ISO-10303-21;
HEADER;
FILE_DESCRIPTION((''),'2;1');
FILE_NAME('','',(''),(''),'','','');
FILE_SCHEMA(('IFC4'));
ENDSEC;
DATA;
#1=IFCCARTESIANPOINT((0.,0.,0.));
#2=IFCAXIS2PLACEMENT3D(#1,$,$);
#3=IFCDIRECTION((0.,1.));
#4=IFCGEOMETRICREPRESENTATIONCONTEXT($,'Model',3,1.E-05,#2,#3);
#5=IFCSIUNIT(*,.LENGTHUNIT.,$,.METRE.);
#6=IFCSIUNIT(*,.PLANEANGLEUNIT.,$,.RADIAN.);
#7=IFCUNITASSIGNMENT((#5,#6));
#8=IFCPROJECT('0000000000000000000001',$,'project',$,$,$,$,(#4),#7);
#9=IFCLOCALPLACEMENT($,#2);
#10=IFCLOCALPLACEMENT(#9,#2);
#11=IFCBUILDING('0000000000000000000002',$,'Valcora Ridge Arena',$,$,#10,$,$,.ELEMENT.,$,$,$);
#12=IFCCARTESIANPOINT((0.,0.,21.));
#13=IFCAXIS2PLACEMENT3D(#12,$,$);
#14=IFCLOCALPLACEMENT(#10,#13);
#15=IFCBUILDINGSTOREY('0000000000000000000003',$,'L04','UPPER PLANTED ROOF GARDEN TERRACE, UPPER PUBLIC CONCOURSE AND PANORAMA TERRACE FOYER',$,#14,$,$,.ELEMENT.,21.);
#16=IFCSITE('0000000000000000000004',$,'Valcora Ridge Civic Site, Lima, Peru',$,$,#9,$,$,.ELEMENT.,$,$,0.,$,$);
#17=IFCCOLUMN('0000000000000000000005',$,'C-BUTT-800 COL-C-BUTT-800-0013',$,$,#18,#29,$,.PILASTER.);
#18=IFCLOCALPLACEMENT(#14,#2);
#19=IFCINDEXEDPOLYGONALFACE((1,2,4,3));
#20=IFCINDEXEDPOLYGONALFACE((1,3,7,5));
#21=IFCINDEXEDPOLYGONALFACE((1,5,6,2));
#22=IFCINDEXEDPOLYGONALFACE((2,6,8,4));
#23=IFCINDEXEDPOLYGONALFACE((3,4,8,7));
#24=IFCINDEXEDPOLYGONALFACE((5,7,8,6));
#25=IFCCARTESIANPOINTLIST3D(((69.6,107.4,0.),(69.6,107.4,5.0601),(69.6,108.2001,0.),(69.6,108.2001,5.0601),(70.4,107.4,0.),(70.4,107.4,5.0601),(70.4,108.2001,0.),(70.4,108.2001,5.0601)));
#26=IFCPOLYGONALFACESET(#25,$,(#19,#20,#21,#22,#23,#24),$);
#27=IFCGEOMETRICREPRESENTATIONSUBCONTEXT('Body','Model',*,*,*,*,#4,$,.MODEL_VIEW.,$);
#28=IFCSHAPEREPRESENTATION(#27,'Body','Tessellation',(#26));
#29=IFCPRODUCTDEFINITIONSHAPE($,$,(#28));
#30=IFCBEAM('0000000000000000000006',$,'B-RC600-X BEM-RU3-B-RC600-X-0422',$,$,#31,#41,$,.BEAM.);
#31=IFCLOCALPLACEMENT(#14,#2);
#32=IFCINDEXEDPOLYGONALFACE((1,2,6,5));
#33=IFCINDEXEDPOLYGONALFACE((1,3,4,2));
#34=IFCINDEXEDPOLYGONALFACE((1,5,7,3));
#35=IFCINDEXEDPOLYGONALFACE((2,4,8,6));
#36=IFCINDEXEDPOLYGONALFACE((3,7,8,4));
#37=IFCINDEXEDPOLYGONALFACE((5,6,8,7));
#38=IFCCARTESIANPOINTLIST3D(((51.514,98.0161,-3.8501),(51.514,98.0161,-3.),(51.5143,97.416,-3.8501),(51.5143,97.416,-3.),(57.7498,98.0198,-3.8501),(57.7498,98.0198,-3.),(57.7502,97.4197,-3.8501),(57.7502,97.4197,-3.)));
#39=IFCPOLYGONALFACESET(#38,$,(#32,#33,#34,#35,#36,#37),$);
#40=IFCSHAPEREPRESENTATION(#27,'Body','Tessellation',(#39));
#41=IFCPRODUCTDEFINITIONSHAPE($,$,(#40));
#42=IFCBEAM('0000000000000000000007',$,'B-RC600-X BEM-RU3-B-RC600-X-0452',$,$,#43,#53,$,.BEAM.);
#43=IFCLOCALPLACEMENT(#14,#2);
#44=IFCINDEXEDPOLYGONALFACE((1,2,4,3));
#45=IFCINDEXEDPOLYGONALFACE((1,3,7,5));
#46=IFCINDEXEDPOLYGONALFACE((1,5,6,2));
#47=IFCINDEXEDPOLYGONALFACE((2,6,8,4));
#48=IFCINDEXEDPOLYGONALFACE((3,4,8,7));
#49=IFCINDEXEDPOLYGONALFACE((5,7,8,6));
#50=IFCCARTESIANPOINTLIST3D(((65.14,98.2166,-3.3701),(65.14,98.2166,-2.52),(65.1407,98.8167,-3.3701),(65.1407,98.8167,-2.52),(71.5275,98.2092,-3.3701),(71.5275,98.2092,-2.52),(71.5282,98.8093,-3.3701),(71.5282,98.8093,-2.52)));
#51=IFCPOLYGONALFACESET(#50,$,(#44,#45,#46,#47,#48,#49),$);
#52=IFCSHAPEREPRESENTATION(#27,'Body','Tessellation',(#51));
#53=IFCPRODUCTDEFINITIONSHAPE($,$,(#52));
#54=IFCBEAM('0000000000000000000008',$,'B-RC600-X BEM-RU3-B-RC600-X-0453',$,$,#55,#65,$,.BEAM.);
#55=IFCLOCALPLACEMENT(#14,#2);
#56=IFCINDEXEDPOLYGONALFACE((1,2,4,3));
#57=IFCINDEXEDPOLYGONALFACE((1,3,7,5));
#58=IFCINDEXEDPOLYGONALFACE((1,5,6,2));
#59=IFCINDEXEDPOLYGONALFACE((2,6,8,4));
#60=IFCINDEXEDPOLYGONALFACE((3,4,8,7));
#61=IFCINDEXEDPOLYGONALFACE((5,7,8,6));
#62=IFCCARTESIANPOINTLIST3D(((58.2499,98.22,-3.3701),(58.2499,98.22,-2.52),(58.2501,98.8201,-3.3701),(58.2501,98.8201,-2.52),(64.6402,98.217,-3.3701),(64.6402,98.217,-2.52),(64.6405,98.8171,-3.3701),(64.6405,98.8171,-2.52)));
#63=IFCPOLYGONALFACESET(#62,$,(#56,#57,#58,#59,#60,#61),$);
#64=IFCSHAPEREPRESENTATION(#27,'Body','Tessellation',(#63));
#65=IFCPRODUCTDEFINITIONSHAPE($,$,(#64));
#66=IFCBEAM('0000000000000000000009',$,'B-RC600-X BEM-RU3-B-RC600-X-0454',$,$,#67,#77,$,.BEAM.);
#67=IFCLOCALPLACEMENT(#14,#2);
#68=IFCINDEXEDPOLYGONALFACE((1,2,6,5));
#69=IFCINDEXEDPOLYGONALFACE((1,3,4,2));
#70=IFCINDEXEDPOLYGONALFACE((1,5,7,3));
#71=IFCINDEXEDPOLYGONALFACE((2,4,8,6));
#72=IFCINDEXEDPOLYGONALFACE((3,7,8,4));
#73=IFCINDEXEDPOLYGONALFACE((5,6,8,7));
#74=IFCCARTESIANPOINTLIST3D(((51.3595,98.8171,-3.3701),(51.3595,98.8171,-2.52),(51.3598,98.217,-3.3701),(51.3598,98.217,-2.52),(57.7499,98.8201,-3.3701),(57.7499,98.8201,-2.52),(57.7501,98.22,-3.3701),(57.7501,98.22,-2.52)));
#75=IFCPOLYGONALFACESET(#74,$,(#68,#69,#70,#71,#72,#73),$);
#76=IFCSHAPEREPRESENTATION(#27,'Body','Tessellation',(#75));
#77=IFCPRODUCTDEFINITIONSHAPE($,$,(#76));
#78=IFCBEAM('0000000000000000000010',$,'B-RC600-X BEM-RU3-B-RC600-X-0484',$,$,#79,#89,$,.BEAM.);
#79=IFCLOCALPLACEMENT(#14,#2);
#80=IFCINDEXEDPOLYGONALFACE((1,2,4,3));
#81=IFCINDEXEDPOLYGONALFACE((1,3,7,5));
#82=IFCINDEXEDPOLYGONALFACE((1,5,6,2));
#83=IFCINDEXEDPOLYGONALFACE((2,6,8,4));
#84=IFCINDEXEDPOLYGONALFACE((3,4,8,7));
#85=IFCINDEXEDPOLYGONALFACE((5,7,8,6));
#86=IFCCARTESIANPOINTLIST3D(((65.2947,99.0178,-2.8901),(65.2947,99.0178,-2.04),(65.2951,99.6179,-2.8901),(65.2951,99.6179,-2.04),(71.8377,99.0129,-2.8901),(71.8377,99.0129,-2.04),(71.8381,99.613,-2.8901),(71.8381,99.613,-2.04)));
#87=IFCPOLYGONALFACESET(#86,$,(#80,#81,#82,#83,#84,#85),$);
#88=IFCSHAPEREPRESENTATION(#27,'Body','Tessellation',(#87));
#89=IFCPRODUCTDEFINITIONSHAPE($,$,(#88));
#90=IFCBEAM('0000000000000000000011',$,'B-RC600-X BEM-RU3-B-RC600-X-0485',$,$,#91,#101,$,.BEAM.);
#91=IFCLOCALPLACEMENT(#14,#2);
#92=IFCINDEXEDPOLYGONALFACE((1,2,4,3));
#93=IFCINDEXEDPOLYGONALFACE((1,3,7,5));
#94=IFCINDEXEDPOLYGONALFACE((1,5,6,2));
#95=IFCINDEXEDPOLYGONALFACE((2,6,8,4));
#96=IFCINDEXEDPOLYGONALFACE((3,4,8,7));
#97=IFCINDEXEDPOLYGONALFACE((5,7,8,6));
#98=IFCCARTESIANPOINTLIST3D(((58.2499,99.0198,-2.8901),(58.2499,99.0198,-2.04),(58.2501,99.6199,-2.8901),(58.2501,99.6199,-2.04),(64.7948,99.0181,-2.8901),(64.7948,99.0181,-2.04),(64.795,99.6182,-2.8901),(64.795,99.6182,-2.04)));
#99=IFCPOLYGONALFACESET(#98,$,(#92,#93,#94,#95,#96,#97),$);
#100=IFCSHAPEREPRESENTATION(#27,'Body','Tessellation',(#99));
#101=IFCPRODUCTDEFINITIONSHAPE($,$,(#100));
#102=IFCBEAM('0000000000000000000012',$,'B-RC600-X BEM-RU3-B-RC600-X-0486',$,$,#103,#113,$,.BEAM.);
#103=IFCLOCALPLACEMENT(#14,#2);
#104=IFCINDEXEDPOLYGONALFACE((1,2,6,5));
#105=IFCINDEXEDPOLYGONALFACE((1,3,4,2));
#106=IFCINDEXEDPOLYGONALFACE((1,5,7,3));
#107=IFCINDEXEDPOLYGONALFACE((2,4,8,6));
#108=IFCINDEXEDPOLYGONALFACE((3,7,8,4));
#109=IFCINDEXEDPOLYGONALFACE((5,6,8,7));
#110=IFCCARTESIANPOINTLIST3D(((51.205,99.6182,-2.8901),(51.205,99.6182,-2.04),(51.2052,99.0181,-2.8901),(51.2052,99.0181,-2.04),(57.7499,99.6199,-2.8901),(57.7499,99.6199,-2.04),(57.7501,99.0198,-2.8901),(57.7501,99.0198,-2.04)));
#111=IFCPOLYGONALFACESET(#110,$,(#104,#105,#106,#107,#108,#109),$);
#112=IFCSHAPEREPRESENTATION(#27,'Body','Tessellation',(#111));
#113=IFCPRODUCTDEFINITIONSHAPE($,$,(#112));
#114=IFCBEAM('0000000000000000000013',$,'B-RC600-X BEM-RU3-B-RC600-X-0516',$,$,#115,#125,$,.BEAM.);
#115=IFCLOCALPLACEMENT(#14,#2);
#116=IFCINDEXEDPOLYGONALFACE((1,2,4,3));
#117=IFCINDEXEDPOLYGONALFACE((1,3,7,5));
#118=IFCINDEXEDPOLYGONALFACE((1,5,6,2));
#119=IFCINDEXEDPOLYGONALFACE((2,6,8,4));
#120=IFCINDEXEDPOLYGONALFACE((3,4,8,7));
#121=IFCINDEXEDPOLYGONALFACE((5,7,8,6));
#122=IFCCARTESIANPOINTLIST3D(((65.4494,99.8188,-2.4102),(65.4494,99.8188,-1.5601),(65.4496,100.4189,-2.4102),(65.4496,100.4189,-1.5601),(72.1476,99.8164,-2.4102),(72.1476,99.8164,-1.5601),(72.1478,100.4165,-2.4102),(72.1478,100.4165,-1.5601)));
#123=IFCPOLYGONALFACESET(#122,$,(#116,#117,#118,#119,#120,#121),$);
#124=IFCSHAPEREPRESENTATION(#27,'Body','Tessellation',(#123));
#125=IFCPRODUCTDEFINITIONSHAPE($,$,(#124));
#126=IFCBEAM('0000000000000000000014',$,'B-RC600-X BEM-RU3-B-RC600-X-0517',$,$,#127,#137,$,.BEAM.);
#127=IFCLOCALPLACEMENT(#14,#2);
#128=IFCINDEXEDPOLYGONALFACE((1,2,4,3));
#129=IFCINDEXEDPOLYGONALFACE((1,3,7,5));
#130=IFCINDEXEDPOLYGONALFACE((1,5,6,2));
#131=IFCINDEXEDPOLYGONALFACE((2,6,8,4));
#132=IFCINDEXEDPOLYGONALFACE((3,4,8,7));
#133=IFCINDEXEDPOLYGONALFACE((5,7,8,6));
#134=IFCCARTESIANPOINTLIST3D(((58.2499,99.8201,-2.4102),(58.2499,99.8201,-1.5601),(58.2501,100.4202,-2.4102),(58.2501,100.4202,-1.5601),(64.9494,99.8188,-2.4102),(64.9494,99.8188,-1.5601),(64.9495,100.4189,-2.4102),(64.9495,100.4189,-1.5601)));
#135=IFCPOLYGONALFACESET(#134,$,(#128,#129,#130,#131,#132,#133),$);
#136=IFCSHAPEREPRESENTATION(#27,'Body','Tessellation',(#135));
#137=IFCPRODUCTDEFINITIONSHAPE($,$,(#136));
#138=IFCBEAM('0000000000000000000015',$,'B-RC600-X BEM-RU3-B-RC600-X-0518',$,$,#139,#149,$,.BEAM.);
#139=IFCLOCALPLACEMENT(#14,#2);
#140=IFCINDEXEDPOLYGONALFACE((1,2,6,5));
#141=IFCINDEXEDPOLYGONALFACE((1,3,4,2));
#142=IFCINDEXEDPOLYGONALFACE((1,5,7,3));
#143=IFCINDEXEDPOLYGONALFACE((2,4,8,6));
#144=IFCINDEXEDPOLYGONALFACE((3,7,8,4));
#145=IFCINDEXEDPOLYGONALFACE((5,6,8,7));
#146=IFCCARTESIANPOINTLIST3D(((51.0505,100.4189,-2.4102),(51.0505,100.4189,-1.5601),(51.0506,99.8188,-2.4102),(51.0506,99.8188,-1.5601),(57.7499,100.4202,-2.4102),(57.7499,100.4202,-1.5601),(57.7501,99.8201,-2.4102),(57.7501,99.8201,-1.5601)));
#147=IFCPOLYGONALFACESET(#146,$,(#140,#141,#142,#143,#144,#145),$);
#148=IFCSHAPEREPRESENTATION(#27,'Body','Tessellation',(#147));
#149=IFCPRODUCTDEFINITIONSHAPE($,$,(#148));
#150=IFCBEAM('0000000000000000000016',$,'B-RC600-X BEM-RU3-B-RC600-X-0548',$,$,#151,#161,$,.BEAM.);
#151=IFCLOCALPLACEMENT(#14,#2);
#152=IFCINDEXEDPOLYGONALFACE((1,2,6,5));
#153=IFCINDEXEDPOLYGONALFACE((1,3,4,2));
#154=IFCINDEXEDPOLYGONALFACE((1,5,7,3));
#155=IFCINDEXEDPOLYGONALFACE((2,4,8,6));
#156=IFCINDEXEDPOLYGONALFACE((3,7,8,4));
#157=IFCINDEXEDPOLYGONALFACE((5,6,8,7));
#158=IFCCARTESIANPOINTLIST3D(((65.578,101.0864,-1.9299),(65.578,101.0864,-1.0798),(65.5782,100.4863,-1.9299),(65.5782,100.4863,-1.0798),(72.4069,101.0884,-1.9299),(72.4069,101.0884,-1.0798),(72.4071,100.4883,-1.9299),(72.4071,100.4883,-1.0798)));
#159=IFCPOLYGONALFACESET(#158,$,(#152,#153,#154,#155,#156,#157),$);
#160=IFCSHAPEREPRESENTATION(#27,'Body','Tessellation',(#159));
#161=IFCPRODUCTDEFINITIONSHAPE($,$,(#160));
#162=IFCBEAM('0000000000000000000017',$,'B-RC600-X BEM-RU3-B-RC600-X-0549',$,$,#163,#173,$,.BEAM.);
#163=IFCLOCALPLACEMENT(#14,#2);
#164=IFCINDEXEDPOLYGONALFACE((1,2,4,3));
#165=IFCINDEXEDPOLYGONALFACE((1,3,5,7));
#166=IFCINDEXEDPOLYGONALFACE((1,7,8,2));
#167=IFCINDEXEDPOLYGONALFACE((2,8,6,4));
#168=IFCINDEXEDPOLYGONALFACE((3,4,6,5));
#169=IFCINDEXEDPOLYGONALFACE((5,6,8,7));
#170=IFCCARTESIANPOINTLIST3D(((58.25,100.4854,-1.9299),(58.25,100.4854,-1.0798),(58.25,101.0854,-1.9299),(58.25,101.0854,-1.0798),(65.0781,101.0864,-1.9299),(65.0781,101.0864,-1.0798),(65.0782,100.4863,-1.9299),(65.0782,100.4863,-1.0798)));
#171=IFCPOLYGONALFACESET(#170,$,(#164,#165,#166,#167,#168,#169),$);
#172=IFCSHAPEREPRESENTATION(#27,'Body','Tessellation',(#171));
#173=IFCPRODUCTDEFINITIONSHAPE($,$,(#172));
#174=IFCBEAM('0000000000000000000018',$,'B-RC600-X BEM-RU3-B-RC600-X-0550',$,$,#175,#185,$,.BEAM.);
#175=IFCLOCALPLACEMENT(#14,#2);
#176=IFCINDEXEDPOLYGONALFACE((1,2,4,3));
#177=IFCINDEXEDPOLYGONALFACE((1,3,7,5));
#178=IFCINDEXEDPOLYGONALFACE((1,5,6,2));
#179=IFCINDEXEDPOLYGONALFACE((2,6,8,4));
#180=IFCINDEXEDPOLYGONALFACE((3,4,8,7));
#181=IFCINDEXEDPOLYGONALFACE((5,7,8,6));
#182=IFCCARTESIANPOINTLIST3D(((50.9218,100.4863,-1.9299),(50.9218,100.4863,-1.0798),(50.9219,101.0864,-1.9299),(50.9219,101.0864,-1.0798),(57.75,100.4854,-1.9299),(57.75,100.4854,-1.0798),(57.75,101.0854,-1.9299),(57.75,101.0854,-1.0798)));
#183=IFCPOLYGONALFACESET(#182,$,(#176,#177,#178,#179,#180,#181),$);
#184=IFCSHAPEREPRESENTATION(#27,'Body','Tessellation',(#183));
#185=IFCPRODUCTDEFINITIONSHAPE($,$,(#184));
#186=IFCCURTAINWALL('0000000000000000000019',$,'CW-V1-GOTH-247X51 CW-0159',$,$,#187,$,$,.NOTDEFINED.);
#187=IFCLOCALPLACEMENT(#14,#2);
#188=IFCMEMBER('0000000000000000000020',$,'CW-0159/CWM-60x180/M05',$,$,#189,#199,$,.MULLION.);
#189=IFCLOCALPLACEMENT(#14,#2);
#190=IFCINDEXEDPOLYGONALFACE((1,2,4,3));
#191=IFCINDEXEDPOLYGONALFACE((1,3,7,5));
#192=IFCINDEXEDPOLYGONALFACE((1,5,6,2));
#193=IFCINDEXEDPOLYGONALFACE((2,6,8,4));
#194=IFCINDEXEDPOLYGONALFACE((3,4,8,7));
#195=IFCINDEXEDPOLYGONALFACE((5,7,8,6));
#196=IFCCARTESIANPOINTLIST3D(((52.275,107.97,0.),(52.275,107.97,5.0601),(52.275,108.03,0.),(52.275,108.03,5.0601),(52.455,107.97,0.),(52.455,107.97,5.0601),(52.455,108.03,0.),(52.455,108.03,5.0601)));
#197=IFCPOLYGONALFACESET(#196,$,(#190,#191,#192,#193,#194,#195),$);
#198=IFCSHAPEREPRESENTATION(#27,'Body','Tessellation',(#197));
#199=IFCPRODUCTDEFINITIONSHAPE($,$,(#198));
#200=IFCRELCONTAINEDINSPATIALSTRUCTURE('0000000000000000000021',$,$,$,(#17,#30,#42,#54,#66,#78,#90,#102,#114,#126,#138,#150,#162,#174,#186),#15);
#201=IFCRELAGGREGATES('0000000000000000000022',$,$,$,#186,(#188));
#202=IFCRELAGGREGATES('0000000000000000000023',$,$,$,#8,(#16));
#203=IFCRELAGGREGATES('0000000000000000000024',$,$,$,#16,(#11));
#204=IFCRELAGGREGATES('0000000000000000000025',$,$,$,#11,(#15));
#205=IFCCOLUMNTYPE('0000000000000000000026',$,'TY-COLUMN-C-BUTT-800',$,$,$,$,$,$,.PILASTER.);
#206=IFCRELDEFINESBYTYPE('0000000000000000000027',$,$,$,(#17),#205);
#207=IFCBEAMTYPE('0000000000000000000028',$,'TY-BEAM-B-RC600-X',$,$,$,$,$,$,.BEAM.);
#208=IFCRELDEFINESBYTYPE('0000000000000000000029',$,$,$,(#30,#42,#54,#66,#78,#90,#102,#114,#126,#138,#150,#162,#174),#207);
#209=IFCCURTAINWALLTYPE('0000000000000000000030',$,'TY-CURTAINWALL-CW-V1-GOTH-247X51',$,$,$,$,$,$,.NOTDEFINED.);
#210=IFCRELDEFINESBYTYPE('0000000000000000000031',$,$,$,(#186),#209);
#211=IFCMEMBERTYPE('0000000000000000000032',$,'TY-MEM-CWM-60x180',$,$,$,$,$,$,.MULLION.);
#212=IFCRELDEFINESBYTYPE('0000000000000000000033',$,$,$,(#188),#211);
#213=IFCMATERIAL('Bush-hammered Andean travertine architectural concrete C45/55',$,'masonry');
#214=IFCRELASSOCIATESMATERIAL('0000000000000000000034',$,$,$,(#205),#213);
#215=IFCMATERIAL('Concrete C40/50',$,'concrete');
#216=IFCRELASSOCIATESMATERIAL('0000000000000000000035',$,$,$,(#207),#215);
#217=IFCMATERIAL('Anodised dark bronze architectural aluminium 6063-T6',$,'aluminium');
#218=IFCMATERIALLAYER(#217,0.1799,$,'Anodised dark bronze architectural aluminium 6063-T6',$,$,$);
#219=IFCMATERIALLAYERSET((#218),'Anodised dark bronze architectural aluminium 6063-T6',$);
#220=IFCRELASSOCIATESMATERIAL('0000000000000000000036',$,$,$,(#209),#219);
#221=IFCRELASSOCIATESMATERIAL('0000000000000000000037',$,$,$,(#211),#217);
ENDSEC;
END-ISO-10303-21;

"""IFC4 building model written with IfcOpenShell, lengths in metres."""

from ifc_helpers import new_model, si_unit, direction, frame, origin, origin_2d, place, context, subcontext, project, spatial, rectangle, extrude, material, layer, layer_set, material_profile, profile_set, type_object, element, aggregate, save


model = new_model("IFC4")

# Units and contexts
model_context = context("Model", 3, precision=1e-05, world=origin(), true_north=direction((0.0, 1.0)))
body_context = subcontext(model_context, "Body", "Model", "MODEL_VIEW")
ifc_project = project(units=[si_unit("LENGTHUNIT", "METRE"), si_unit("PLANEANGLEUNIT", "RADIAN")], contexts=[model_context])

# Site, building, storey
site_placement = place(None, origin())
site = spatial("IfcSite", under=ifc_project, at=site_placement, Name="Valcora Ridge Civic Site, Lima, Peru", CompositionType="ELEMENT", RefElevation=0.0)
building_placement = place(site_placement, origin())
building = spatial("IfcBuilding", under=site, at=building_placement, Name="Valcora Ridge Arena", CompositionType="ELEMENT")
storey_placement = place(building_placement, frame((0.0, 0.0, 21.0)))
storey = spatial("IfcBuildingStorey", under=building, at=storey_placement, Name="L04", Description="UPPER PLANTED ROOF GARDEN TERRACE, UPPER PUBLIC CONCOURSE AND PANORAMA TERRACE FOYER", CompositionType="ELEMENT", Elevation=21.0)

# Column
ifc_material_1 = material(Name="Bush-hammered Andean travertine architectural concrete C45/55", Category="masonry")
ifc_material_profile_1 = material_profile(ifc_material_1, rectangle(XDim=0.8, YDim=0.8, at=origin_2d()), Name="RC 800x800")
ifc_profile_set_1 = profile_set([ifc_material_profile_1], Name="Bush-hammered Andean travertine architectural concrete C45/55")
column_type = type_object("IfcColumnType", Name="TY-COLUMN-C-BUTT-800", PredefinedType="PILASTER", material=ifc_profile_set_1)
column_placement = place(storey_placement, frame((70.0, 107.8, 0.0), z_axis=(0.0, 0.0, 1.0), x_axis=(1.0, 0.0, 0.0)))
element("IfcColumn", 1, at=column_placement, inside=storey, type_object=column_type, Name="C-BUTT-800 COL-C-BUTT-800-0013", PredefinedType="PILASTER", context=body_context, shape_type="SweptSolid", body=[
    extrude(rectangle(XDim=0.8, YDim=0.8, at=origin_2d()), origin(), (0.0, 0.0, 1.0), 5.0601),
])

# Beams
ifc_material_2 = material(Name="Concrete C40/50", Category="concrete")
ifc_material_profile_2 = material_profile(ifc_material_2, rectangle(XDim=0.6001, YDim=0.8501, at=origin_2d()), Name="RC 600x850")
ifc_profile_set_2 = profile_set([ifc_material_profile_2], Name="Concrete C40/50")
beam_type = type_object("IfcBeamType", Name="TY-BEAM-B-RC600-X", PredefinedType="BEAM", material=ifc_profile_set_2)
beam_1_placement = place(storey_placement, frame((57.75, 97.7197, -3.425), z_axis=(-1.0, -0.000587, 0.0), x_axis=(0.000587, -1.0, 0.0)))
element("IfcBeam", 2, at=beam_1_placement, inside=storey, type_object=beam_type, Name="B-RC600-X BEM-RU3-B-RC600-X-0422", PredefinedType="BEAM", context=body_context, shape_type="SweptSolid", body=[
    extrude(rectangle(XDim=0.6001, YDim=0.8501, at=origin_2d()), origin(), (0.0, 0.0, 1.0), 6.2358),
])
beam_2_placement = place(storey_placement, frame((71.5278, 98.5093, -2.9451), z_axis=(-0.999999, 0.001147, 0.0), x_axis=(-0.001147, -0.999999, 0.0)))
element("IfcBeam", 3, at=beam_2_placement, inside=storey, type_object=beam_type, Name="B-RC600-X BEM-RU3-B-RC600-X-0452", PredefinedType="BEAM", context=body_context, shape_type="SweptSolid", body=[
    extrude(rectangle(XDim=0.6001, YDim=0.8501, at=origin_2d()), origin(), (0.0, 0.0, 1.0), 6.3875),
])
for number, where, z_axis, x_axis, name in (
    (4, (64.6404, 98.5171, -2.9451), (-1.0, 0.000458, 0.0), (-0.000458, -1.0, 0.0), "B-RC600-X BEM-RU3-B-RC600-X-0453"),
    (5, (57.75, 98.52, -2.9451), (-1.0, -0.000458, 0.0), (0.000458, -1.0, 0.0), "B-RC600-X BEM-RU3-B-RC600-X-0454"),
):
    element("IfcBeam", number, at=place(storey_placement, frame(where, z_axis=z_axis, x_axis=x_axis)), inside=storey, type_object=beam_type, Name=name, PredefinedType="BEAM", context=body_context, shape_type="SweptSolid", body=[
        extrude(rectangle(XDim=0.6001, YDim=0.8501, at=origin_2d()), origin(), (0.0, 0.0, 1.0), 6.3904),
    ])
beam_3_placement = place(storey_placement, frame((71.8379, 99.313, -2.4651), z_axis=(-1.0, 0.000746, 0.0), x_axis=(-0.000746, -1.0, 0.0)))
element("IfcBeam", 6, at=beam_3_placement, inside=storey, type_object=beam_type, Name="B-RC600-X BEM-RU3-B-RC600-X-0484", PredefinedType="BEAM", context=body_context, shape_type="SweptSolid", body=[
    extrude(rectangle(XDim=0.6001, YDim=0.8501, at=origin_2d()), origin(), (0.0, 0.0, 1.0), 6.543),
])
for number, where, z_axis, x_axis, name in (
    (7, (64.7949, 99.3181, -2.4651), (-1.0, 0.000261, 0.0), (-0.000261, -1.0, 0.0), "B-RC600-X BEM-RU3-B-RC600-X-0485"),
    (8, (57.75, 99.3198, -2.4651), (-1.0, -0.000261, 0.0), (0.000261, -1.0, 0.0), "B-RC600-X BEM-RU3-B-RC600-X-0486"),
):
    element("IfcBeam", number, at=place(storey_placement, frame(where, z_axis=z_axis, x_axis=x_axis)), inside=storey, type_object=beam_type, Name=name, PredefinedType="BEAM", context=body_context, shape_type="SweptSolid", body=[
        extrude(rectangle(XDim=0.6001, YDim=0.8501, at=origin_2d()), origin(), (0.0, 0.0, 1.0), 6.5449),
    ])
beam_4_placement = place(storey_placement, frame((72.1477, 100.1165, -1.9851), z_axis=(-1.0, 0.000364, 0.0), x_axis=(-0.000364, -1.0, 0.0)))
element("IfcBeam", 9, at=beam_4_placement, inside=storey, type_object=beam_type, Name="B-RC600-X BEM-RU3-B-RC600-X-0516", PredefinedType="BEAM", context=body_context, shape_type="SweptSolid", body=[
    extrude(rectangle(XDim=0.6001, YDim=0.8501, at=origin_2d()), origin(), (0.0, 0.0, 1.0), 6.6982),
])
for number, where, z_axis, x_axis, name in (
    (10, (64.9495, 100.1189, -1.9851), (-1.0, 0.000182, 0.0), (-0.000182, -1.0, 0.0), "B-RC600-X BEM-RU3-B-RC600-X-0517"),
    (11, (57.75, 100.1201, -1.9851), (-1.0, -0.000182, 0.0), (0.000182, -1.0, 0.0), "B-RC600-X BEM-RU3-B-RC600-X-0518"),
):
    element("IfcBeam", number, at=place(storey_placement, frame(where, z_axis=z_axis, x_axis=x_axis)), inside=storey, type_object=beam_type, Name=name, PredefinedType="BEAM", context=body_context, shape_type="SweptSolid", body=[
        extrude(rectangle(XDim=0.6001, YDim=0.8501, at=origin_2d()), origin(), (0.0, 0.0, 1.0), 6.6995),
    ])
beam_5_placement = place(storey_placement, frame((72.407, 100.7883, -1.5049), z_axis=(-1.0, -0.000286, 0.0), x_axis=(0.000286, -1.0, 0.0)))
element("IfcBeam", 12, at=beam_5_placement, inside=storey, type_object=beam_type, Name="B-RC600-X BEM-RU3-B-RC600-X-0548", PredefinedType="BEAM", context=body_context, shape_type="SweptSolid", body=[
    extrude(rectangle(XDim=0.6001, YDim=0.8501, at=origin_2d()), origin(), (0.0, 0.0, 1.0), 6.8289),
])
for number, where, z_axis, x_axis, name in (
    (13, (65.0781, 100.7864, -1.5049), (-1.0, -0.000143, 0.0), (0.000143, -1.0, 0.0), "B-RC600-X BEM-RU3-B-RC600-X-0549"),
    (14, (57.75, 100.7854, -1.5049), (-1.0, 0.000143, 0.0), (-0.000143, -1.0, 0.0), "B-RC600-X BEM-RU3-B-RC600-X-0550"),
):
    element("IfcBeam", number, at=place(storey_placement, frame(where, z_axis=z_axis, x_axis=x_axis)), inside=storey, type_object=beam_type, Name=name, PredefinedType="BEAM", context=body_context, shape_type="SweptSolid", body=[
        extrude(rectangle(XDim=0.6001, YDim=0.8501, at=origin_2d()), origin(), (0.0, 0.0, 1.0), 6.8281),
    ])

# Curtain wall, member
ifc_material_3 = material(Name="Anodised dark bronze architectural aluminium 6063-T6", Category="aluminium")
ifc_layer_1 = layer(ifc_material_3, 0.1799, Name="Anodised dark bronze architectural aluminium 6063-T6")
ifc_layer_set_1 = layer_set([ifc_layer_1], Name="Anodised dark bronze architectural aluminium 6063-T6")
curtain_wall_type = type_object("IfcCurtainWallType", Name="TY-CURTAINWALL-CW-V1-GOTH-247X51", PredefinedType="NOTDEFINED", material=ifc_layer_set_1)
curtain_wall_placement = place(storey_placement, origin())
curtain_wall = element("IfcCurtainWall", 15, at=curtain_wall_placement, inside=storey, type_object=curtain_wall_type, Name="CW-V1-GOTH-247X51 CW-0159", PredefinedType="NOTDEFINED")
ifc_material_profile_3 = material_profile(ifc_material_3, rectangle(XDim=0.0601, YDim=0.1799, at=origin_2d()), Name="ALU MULLION 60x180")
ifc_profile_set_3 = profile_set([ifc_material_profile_3], Name="Anodised dark bronze architectural aluminium 6063-T6")
member_type_1 = type_object("IfcMemberType", Name="TY-MEM-CWM-60x180", PredefinedType="MULLION", material=ifc_profile_set_3)
member_1_placement = place(storey_placement, frame((52.365, 108.0, 0.0), z_axis=(0.0, 0.0, 1.0), x_axis=(0.0, 1.0, 0.0)))
member_1 = element("IfcMember", 16, at=member_1_placement, type_object=member_type_1, Name="CW-0159/CWM-60x180/M05", PredefinedType="MULLION", context=body_context, shape_type="SweptSolid", body=[
    extrude(rectangle(XDim=0.0601, YDim=0.1799, at=origin_2d()), origin(), (0.0, 0.0, 1.0), 5.0601),
])
aggregate(curtain_wall, [member_1])

save(model, "model.ifc")
